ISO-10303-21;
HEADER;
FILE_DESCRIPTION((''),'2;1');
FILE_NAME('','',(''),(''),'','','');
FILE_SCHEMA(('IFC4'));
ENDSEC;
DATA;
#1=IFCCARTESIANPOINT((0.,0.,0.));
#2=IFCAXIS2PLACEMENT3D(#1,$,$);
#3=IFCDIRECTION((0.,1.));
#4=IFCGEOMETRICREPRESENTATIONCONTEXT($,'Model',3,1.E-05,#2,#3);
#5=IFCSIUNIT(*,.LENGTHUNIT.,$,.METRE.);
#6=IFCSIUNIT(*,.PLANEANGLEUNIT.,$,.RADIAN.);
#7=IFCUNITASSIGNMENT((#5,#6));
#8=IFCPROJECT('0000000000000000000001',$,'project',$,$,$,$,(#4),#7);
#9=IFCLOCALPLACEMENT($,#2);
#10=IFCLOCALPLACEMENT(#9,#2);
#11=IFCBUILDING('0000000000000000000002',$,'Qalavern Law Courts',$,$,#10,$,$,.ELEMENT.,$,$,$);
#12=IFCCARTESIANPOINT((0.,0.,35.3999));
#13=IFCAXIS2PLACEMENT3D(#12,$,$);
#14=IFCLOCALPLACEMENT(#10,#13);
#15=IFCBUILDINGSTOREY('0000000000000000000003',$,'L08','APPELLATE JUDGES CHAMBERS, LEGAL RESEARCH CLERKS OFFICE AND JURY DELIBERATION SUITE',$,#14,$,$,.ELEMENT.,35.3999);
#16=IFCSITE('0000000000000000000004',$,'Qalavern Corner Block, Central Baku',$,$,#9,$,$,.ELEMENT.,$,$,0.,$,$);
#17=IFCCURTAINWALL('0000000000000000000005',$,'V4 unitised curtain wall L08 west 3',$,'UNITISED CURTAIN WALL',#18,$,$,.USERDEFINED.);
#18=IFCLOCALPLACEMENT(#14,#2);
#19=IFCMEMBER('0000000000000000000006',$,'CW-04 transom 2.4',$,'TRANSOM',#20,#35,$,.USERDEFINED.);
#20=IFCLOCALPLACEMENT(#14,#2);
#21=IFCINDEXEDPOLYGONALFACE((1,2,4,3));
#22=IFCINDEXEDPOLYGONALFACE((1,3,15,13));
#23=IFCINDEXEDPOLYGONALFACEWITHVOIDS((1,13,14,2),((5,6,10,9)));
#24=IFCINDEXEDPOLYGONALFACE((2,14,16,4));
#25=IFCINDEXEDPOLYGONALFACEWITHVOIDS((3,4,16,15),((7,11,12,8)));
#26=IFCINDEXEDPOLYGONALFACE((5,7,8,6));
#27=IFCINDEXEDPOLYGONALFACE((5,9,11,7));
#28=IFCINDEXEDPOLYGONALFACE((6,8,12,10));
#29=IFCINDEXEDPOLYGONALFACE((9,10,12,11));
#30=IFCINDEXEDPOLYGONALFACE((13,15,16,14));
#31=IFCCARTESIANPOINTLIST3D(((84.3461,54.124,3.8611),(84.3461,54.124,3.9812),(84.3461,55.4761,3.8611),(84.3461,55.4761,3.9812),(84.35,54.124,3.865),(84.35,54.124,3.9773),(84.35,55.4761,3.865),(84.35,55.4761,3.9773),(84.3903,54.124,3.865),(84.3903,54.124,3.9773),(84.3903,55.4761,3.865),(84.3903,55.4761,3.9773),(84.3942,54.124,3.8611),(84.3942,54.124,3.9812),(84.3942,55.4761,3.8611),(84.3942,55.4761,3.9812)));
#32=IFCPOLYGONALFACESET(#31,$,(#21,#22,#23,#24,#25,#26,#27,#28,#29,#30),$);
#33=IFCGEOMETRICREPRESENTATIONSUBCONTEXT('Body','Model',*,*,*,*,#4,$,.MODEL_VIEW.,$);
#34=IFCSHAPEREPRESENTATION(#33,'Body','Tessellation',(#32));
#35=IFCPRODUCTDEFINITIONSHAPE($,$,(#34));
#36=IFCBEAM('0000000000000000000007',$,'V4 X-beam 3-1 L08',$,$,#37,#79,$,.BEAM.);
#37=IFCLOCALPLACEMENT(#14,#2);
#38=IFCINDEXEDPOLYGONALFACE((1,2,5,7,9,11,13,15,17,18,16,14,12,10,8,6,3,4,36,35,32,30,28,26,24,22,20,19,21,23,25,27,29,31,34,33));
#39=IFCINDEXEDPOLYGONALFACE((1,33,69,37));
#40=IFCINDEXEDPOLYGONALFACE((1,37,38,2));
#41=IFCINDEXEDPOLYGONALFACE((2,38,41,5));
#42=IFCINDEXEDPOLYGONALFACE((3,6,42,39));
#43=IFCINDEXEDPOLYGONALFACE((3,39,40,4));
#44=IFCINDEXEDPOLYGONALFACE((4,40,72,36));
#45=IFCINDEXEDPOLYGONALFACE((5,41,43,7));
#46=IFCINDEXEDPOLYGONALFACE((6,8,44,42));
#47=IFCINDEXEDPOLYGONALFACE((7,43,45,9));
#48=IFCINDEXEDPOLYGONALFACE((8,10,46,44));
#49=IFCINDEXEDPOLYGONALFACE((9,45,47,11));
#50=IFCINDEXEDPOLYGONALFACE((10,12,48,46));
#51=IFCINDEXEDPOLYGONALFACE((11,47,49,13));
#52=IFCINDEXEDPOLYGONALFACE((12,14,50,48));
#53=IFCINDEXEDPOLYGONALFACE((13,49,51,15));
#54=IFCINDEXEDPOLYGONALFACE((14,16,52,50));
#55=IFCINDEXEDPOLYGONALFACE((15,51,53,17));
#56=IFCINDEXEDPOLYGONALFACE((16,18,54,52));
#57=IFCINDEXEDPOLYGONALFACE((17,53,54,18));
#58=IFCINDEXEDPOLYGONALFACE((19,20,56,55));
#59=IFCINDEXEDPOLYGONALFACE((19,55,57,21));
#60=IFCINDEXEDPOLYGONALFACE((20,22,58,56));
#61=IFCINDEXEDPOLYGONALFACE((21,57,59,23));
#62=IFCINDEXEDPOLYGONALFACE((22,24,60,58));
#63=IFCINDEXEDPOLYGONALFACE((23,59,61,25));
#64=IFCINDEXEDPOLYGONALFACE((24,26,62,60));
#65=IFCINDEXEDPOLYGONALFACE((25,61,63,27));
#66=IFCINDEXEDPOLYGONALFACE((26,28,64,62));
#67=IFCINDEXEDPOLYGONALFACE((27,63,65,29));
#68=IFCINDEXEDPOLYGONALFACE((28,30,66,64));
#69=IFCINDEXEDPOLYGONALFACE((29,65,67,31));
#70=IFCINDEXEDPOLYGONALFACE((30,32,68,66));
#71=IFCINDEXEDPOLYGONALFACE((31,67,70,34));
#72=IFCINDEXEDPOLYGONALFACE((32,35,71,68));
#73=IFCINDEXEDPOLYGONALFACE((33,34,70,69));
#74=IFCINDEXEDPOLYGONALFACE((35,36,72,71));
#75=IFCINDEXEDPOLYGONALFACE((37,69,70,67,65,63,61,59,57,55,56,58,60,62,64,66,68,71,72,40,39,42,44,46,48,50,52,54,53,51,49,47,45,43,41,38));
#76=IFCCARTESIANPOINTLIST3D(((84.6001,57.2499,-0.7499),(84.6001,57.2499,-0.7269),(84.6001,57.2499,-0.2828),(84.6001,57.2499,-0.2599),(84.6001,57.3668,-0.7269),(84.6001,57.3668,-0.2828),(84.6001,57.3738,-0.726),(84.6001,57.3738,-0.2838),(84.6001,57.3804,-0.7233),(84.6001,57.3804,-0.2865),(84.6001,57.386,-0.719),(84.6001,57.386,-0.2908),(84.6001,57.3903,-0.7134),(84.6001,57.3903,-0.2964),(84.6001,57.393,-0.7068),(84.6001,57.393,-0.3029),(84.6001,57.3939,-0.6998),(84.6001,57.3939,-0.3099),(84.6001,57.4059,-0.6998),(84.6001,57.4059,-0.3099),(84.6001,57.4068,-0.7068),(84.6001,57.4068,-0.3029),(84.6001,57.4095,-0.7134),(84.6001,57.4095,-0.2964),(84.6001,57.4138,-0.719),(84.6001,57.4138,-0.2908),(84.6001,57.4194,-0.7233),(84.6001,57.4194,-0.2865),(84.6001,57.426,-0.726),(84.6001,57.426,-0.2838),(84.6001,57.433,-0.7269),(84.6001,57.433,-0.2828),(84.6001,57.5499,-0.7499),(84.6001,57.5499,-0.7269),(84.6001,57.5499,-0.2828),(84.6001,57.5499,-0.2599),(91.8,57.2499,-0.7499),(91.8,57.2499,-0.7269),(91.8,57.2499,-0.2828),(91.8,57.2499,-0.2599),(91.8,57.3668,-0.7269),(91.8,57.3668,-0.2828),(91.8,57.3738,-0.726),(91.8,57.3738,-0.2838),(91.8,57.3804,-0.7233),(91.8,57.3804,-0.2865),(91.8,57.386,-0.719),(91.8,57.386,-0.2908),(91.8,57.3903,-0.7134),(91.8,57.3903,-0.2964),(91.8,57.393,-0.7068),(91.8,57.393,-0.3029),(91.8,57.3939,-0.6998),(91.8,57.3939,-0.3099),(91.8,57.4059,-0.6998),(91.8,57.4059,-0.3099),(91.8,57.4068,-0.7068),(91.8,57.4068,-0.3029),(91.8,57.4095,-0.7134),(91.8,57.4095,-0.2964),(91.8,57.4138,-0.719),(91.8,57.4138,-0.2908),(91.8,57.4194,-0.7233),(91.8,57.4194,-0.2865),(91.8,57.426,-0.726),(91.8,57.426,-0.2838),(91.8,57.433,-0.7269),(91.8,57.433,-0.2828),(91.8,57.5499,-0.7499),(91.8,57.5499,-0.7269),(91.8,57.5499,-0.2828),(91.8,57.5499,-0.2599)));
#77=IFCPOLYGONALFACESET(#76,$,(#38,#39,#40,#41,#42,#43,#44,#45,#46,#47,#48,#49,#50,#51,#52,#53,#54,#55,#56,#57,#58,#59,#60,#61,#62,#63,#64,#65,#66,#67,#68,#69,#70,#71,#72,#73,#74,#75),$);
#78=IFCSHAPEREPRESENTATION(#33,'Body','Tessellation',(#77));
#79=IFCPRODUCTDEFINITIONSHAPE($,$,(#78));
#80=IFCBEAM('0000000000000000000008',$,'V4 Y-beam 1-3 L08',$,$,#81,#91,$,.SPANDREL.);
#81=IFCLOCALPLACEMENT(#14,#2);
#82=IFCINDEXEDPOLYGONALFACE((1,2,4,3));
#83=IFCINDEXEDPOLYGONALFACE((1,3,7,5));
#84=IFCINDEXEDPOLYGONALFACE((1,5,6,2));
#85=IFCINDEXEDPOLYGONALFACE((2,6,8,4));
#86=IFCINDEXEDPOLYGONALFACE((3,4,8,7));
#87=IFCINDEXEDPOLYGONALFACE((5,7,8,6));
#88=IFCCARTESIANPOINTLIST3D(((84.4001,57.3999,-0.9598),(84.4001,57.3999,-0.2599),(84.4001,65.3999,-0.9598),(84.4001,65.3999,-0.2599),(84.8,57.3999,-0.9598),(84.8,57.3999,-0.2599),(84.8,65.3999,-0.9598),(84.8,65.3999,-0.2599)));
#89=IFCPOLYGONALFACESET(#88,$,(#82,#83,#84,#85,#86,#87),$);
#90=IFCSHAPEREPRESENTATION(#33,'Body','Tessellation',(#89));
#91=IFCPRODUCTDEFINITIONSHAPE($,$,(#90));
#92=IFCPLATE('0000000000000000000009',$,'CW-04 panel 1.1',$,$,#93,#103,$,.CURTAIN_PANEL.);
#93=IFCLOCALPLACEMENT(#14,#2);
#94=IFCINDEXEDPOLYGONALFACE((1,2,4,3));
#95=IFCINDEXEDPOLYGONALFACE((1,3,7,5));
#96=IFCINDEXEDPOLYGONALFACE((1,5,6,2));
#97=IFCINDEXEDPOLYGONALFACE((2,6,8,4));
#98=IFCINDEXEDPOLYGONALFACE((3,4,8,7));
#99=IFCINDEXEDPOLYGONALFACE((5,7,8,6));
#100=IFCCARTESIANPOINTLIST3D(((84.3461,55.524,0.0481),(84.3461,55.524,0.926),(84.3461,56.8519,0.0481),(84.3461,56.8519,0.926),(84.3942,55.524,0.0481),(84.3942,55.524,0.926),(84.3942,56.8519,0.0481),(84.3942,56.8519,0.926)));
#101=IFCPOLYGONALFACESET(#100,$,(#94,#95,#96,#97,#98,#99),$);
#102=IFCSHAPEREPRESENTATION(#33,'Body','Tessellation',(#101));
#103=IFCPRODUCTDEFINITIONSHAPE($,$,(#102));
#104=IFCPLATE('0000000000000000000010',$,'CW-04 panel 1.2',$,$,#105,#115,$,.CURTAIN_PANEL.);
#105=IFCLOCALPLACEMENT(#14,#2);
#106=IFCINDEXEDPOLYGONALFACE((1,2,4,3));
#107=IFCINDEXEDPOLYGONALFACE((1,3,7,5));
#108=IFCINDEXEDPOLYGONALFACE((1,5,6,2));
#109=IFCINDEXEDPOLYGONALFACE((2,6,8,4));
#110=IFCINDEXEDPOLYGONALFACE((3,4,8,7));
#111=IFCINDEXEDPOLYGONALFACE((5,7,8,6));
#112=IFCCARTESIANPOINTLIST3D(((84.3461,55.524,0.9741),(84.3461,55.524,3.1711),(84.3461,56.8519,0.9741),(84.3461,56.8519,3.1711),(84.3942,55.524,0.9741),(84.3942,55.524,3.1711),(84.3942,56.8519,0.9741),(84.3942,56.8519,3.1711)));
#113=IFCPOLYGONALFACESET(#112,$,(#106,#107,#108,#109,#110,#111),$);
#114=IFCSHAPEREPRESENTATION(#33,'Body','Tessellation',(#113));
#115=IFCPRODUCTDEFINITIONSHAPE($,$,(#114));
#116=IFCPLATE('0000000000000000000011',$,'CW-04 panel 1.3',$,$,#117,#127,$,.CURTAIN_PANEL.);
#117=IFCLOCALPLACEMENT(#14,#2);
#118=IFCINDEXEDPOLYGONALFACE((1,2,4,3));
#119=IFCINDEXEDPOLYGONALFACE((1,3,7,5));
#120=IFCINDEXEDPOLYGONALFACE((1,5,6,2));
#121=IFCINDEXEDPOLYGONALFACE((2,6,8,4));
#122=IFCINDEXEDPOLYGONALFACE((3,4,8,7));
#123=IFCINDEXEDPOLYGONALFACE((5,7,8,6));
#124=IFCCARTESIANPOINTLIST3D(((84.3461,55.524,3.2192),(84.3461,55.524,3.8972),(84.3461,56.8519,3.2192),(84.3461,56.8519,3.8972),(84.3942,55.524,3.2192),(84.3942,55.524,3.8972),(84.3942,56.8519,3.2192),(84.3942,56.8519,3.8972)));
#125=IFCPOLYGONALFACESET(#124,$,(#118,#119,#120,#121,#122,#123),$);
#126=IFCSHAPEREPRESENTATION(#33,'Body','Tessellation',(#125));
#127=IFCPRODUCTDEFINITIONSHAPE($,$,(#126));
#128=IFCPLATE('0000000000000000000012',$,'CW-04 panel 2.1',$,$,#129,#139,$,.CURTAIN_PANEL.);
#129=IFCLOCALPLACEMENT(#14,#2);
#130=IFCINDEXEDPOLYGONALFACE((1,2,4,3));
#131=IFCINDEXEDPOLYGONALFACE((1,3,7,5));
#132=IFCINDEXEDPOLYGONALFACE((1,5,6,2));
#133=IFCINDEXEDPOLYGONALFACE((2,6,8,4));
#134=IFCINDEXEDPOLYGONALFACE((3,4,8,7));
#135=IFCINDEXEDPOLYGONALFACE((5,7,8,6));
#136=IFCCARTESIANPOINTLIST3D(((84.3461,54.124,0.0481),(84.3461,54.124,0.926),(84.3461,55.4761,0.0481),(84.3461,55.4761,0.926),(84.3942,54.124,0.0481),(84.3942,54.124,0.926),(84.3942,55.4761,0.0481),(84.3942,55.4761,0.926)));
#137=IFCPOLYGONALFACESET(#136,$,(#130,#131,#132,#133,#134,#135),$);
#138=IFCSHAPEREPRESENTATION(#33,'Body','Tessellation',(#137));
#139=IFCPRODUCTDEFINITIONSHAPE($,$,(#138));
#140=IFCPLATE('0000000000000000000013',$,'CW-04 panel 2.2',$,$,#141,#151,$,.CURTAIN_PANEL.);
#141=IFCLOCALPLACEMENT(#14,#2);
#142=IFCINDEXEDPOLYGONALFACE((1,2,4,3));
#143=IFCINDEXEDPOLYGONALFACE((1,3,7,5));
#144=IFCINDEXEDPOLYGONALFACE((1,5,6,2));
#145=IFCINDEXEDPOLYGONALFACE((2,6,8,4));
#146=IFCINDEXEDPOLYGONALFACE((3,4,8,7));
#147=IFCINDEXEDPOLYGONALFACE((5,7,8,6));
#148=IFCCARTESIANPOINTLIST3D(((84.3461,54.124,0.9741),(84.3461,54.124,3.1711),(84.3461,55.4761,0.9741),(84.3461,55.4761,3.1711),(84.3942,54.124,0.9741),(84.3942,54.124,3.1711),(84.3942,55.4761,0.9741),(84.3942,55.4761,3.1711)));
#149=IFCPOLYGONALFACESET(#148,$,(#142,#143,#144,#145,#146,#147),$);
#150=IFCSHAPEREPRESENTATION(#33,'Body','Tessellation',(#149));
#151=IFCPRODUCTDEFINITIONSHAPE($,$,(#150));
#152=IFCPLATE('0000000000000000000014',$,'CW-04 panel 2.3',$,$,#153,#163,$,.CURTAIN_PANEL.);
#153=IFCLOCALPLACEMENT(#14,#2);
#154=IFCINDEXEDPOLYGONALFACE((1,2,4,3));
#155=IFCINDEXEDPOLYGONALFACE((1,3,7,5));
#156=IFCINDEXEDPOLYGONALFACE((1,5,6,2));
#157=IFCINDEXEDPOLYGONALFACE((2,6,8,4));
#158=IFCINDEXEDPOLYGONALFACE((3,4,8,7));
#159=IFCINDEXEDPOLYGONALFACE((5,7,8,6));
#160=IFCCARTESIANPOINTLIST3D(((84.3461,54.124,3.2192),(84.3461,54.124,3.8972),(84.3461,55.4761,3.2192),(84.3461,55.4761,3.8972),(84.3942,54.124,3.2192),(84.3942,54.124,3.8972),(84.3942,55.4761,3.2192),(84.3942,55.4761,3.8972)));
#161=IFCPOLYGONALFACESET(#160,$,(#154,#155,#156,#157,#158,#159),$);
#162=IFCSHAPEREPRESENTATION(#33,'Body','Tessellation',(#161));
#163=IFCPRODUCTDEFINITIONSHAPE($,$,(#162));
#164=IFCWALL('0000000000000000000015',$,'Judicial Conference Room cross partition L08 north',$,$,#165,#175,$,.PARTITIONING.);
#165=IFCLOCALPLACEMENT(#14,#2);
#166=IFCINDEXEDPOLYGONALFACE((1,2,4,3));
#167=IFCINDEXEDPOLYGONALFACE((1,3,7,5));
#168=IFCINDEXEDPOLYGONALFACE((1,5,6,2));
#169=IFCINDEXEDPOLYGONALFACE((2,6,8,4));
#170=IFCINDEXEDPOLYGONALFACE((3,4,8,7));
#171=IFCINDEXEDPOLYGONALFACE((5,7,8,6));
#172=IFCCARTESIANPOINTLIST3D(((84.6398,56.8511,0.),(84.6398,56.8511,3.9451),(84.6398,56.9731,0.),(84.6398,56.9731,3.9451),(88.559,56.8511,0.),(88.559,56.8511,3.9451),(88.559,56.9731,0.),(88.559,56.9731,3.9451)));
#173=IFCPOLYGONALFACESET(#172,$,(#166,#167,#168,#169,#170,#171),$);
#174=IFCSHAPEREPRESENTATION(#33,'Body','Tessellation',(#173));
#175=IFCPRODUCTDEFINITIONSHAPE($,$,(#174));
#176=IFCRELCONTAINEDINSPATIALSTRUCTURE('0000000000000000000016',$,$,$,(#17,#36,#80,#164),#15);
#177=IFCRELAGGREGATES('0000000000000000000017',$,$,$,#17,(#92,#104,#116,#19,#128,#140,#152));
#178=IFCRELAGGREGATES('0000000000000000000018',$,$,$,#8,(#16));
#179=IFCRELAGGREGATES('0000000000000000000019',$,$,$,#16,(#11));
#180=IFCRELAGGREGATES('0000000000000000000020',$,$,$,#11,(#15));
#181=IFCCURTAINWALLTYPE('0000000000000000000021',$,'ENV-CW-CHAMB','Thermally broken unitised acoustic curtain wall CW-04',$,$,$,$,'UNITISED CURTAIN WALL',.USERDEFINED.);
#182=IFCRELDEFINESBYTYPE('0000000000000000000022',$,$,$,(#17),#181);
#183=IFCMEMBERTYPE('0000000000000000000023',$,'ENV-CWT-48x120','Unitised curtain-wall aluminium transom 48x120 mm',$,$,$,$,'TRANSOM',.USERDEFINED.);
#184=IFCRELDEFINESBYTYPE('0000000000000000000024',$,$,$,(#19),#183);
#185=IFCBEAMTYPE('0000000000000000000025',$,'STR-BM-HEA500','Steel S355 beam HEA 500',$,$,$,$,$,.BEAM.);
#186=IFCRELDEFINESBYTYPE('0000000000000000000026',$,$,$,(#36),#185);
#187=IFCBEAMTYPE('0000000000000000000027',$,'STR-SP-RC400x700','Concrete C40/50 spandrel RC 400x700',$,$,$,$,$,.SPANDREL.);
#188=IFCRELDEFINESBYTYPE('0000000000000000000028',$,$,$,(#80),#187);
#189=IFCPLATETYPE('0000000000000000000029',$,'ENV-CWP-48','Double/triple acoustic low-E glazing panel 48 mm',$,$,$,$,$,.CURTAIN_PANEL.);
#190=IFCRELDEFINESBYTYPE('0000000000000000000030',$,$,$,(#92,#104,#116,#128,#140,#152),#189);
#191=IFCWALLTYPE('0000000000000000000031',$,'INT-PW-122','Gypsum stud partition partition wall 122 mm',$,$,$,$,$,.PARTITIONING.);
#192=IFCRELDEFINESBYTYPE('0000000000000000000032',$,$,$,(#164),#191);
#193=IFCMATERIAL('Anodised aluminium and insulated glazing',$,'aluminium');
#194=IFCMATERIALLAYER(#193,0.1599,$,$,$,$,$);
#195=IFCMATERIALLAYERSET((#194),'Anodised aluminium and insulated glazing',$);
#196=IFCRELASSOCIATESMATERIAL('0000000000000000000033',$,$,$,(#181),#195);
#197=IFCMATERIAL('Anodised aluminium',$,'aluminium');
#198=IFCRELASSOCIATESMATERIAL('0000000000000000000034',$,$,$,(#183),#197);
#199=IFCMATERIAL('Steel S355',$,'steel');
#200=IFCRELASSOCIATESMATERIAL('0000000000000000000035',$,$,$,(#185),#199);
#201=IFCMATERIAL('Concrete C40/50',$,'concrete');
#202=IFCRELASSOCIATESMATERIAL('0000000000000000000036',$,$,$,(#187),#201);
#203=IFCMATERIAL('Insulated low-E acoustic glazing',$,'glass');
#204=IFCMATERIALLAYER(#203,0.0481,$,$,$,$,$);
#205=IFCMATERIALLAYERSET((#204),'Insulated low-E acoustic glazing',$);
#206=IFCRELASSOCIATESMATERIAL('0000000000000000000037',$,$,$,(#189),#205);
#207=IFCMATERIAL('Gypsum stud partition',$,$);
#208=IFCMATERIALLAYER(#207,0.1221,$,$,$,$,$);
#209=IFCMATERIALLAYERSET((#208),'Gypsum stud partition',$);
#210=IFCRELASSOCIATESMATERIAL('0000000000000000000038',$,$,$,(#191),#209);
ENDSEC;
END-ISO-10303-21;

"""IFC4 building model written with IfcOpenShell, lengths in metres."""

from ifc_helpers import new_model, si_unit, direction, frame, frame_2d, origin, origin_2d, place, context, subcontext, project, spatial, rectangle, hollow_rectangle, i_section, extrude, material, layer, layer_set, material_profile, profile_set, type_object, element, aggregate, save


model = new_model("IFC4")

# Units and contexts
model_context = context("Model", 3, precision=1e-05, world=origin(), true_north=direction((0.0, 1.0)))
body_context = subcontext(model_context, "Body", "Model", "MODEL_VIEW")
ifc_project = project(units=[si_unit("LENGTHUNIT", "METRE"), si_unit("PLANEANGLEUNIT", "RADIAN")], contexts=[model_context])

# Site, building, storey
site_placement = place(None, origin())
site = spatial("IfcSite", under=ifc_project, at=site_placement, Name="Qalavern Corner Block, Central Baku", CompositionType="ELEMENT", RefElevation=0.0)
building_placement = place(site_placement, origin())
building = spatial("IfcBuilding", under=site, at=building_placement, Name="Qalavern Law Courts", CompositionType="ELEMENT")
storey_placement = place(building_placement, frame((0.0, 0.0, 35.3999)))
storey = spatial("IfcBuildingStorey", under=building, at=storey_placement, Name="L08", Description="APPELLATE JUDGES CHAMBERS, LEGAL RESEARCH CLERKS OFFICE AND JURY DELIBERATION SUITE", CompositionType="ELEMENT", Elevation=35.3999)

# Curtain wall, member
ifc_material_1 = material(Name="Anodised aluminium and insulated glazing", Category="aluminium")
ifc_layer_1 = layer(ifc_material_1, 0.1599)
ifc_layer_set_1 = layer_set([ifc_layer_1], Name="Anodised aluminium and insulated glazing")
curtain_wall_type = type_object("IfcCurtainWallType", Name="ENV-CW-CHAMB", Description="Thermally broken unitised acoustic curtain wall CW-04", ElementType="UNITISED CURTAIN WALL", PredefinedType="USERDEFINED", material=ifc_layer_set_1)
curtain_wall_placement = place(storey_placement, origin())
curtain_wall = element("IfcCurtainWall", 1, at=curtain_wall_placement, inside=storey, type_object=curtain_wall_type, Name="V4 unitised curtain wall L08 west 3", ObjectType="UNITISED CURTAIN WALL", PredefinedType="USERDEFINED")
ifc_material_2 = material(Name="Anodised aluminium", Category="aluminium")
ifc_material_profile_1 = material_profile(ifc_material_2, hollow_rectangle(XDim=0.0481, YDim=0.1201, WallThickness=0.0039, at=origin_2d()), Name="ALU TRANSOM 48x120")
ifc_profile_set_1 = profile_set([ifc_material_profile_1], Name="Anodised aluminium")
member_type_1 = type_object("IfcMemberType", Name="ENV-CWT-48x120", Description="Unitised curtain-wall aluminium transom 48x120 mm", ElementType="TRANSOM", PredefinedType="USERDEFINED", material=ifc_profile_set_1)
member_1_placement = place(storey_placement, frame((84.3701, 55.4761, 3.9211), z_axis=(0.0, -1.0, 0.0), x_axis=(1.0, 0.0, 0.0)))
member_1 = element("IfcMember", 2, at=member_1_placement, type_object=member_type_1, Name="CW-04 transom 2.4", ObjectType="TRANSOM", PredefinedType="USERDEFINED", context=body_context, shape_type="SweptSolid", body=[
    extrude(hollow_rectangle(XDim=0.0481, YDim=0.1201, WallThickness=0.0039, at=origin_2d()), origin(), (0.0, 0.0, 1.0), 1.3521),
])

# Beams
ifc_material_3 = material(Name="Steel S355", Category="steel")
ifc_material_profile_2 = material_profile(ifc_material_3, i_section(OverallWidth=0.3, OverallDepth=0.49, WebThickness=0.012, FlangeThickness=0.0229, FilletRadius=0.0271, at=origin_2d()), Name="HEA 500")
ifc_profile_set_2 = profile_set([ifc_material_profile_2], Name="Steel S355")
beam_type_1 = type_object("IfcBeamType", Name="STR-BM-HEA500", Description="Steel S355 beam HEA 500", PredefinedType="BEAM", material=ifc_profile_set_2)
beam_1_placement = place(storey_placement, frame((84.6001, 57.3999, -0.5049), z_axis=(1.0, 0.0, 0.0), x_axis=(0.0, 1.0, 0.0)))
element("IfcBeam", 3, at=beam_1_placement, inside=storey, type_object=beam_type_1, Name="V4 X-beam 3-1 L08", PredefinedType="BEAM", context=body_context, shape_type="SweptSolid", body=[
    extrude(i_section(OverallWidth=0.3, OverallDepth=0.49, WebThickness=0.012, FlangeThickness=0.0229, FilletRadius=0.0271, at=origin_2d()), origin(), (0.0, 0.0, 1.0), 7.2),
])
ifc_material_4 = material(Name="Concrete C40/50", Category="concrete")
ifc_material_profile_3 = material_profile(ifc_material_4, rectangle(XDim=0.3999, YDim=0.7, at=origin_2d()), Name="RC 400x700")
ifc_profile_set_3 = profile_set([ifc_material_profile_3], Name="Concrete C40/50")
beam_type_2 = type_object("IfcBeamType", Name="STR-SP-RC400x700", Description="Concrete C40/50 spandrel RC 400x700", PredefinedType="SPANDREL", material=ifc_profile_set_3)
beam_2_placement = place(storey_placement, frame((84.6001, 57.3999, -0.6099), z_axis=(0.0, 1.0, 0.0), x_axis=(-1.0, 0.0, 0.0)))
element("IfcBeam", 4, at=beam_2_placement, inside=storey, type_object=beam_type_2, Name="V4 Y-beam 1-3 L08", PredefinedType="SPANDREL", context=body_context, shape_type="SweptSolid", body=[
    extrude(rectangle(XDim=0.3999, YDim=0.7, at=origin_2d()), origin(), (0.0, 0.0, 1.0), 8.0),
])

# Plates
ifc_material_5 = material(Name="Insulated low-E acoustic glazing", Category="glass")
ifc_layer_2 = layer(ifc_material_5, 0.0481)
ifc_layer_set_2 = layer_set([ifc_layer_2], Name="Insulated low-E acoustic glazing")
plate_type = type_object("IfcPlateType", Name="ENV-CWP-48", Description="Double/triple acoustic low-E glazing panel 48 mm", PredefinedType="CURTAIN_PANEL", material=ifc_layer_set_2)
plate_1_placement = place(storey_placement, frame((84.3701, 56.188, 0.0481), z_axis=(0.0, 0.0, 1.0), x_axis=(0.0, -1.0, 0.0)))
plate_1 = element("IfcPlate", 5, at=plate_1_placement, type_object=plate_type, Name="CW-04 panel 1.1", PredefinedType="CURTAIN_PANEL", context=body_context, shape_type="SweptSolid", body=[
    extrude(rectangle(XDim=1.3279, YDim=0.0481, at=origin_2d()), origin(), (0.0, 0.0, 1.0), 0.8779),
])
plate_2_placement = place(storey_placement, frame((84.3701, 56.188, 0.9741), z_axis=(0.0, 0.0, 1.0), x_axis=(0.0, -1.0, 0.0)))
plate_2 = element("IfcPlate", 6, at=plate_2_placement, type_object=plate_type, Name="CW-04 panel 1.2", PredefinedType="CURTAIN_PANEL", context=body_context, shape_type="SweptSolid", body=[
    extrude(rectangle(XDim=1.3279, YDim=0.0481, at=origin_2d()), origin(), (0.0, 0.0, 1.0), 2.197),
])
plate_3_placement = place(storey_placement, frame((84.3701, 56.188, 3.2192), z_axis=(0.0, 0.0, 1.0), x_axis=(0.0, -1.0, 0.0)))
plate_3 = element("IfcPlate", 7, at=plate_3_placement, type_object=plate_type, Name="CW-04 panel 1.3", PredefinedType="CURTAIN_PANEL", context=body_context, shape_type="SweptSolid", body=[
    extrude(rectangle(XDim=1.3279, YDim=0.0481, at=origin_2d()), origin(), (0.0, 0.0, 1.0), 0.678),
])
plate_4_placement = place(storey_placement, frame((84.3701, 54.8, 0.0481), z_axis=(0.0, 0.0, 1.0), x_axis=(0.0, -1.0, 0.0)))
plate_4 = element("IfcPlate", 8, at=plate_4_placement, type_object=plate_type, Name="CW-04 panel 2.1", PredefinedType="CURTAIN_PANEL", context=body_context, shape_type="SweptSolid", body=[
    extrude(rectangle(XDim=1.3521, YDim=0.0481, at=origin_2d()), origin(), (0.0, 0.0, 1.0), 0.8779),
])
plate_5_placement = place(storey_placement, frame((84.3701, 54.8, 0.9741), z_axis=(0.0, 0.0, 1.0), x_axis=(0.0, -1.0, 0.0)))
plate_5 = element("IfcPlate", 9, at=plate_5_placement, type_object=plate_type, Name="CW-04 panel 2.2", PredefinedType="CURTAIN_PANEL", context=body_context, shape_type="SweptSolid", body=[
    extrude(rectangle(XDim=1.3521, YDim=0.0481, at=origin_2d()), origin(), (0.0, 0.0, 1.0), 2.197),
])
plate_6_placement = place(storey_placement, frame((84.3701, 54.8, 3.2192), z_axis=(0.0, 0.0, 1.0), x_axis=(0.0, -1.0, 0.0)))
plate_6 = element("IfcPlate", 10, at=plate_6_placement, type_object=plate_type, Name="CW-04 panel 2.3", PredefinedType="CURTAIN_PANEL", context=body_context, shape_type="SweptSolid", body=[
    extrude(rectangle(XDim=1.3521, YDim=0.0481, at=origin_2d()), origin(), (0.0, 0.0, 1.0), 0.678),
])
aggregate(curtain_wall, [plate_1, plate_2, plate_3, member_1, plate_4, plate_5, plate_6])

# Wall
ifc_material_6 = material(Name="Gypsum stud partition")
ifc_layer_3 = layer(ifc_material_6, 0.1221)
ifc_layer_set_3 = layer_set([ifc_layer_3], Name="Gypsum stud partition")
wall_type = type_object("IfcWallType", Name="INT-PW-122", Description="Gypsum stud partition partition wall 122 mm", PredefinedType="PARTITIONING", material=ifc_layer_set_3)
wall_placement = place(storey_placement, frame((84.6399, 56.9121, 0.0), z_axis=(0.0, 0.0, 1.0), x_axis=(1.0, 0.0, 0.0)))
element("IfcWall", 11, at=wall_placement, inside=storey, type_object=wall_type, Name="Judicial Conference Room cross partition L08 north", PredefinedType="PARTITIONING", context=body_context, shape_type="SweptSolid", body=[
    extrude(rectangle(XDim=3.9192, YDim=0.1221, at=frame_2d((1.9595, 0.0))), origin(), (0.0, 0.0, 1.0), 3.9451),
])

save(model, "model.ifc")
